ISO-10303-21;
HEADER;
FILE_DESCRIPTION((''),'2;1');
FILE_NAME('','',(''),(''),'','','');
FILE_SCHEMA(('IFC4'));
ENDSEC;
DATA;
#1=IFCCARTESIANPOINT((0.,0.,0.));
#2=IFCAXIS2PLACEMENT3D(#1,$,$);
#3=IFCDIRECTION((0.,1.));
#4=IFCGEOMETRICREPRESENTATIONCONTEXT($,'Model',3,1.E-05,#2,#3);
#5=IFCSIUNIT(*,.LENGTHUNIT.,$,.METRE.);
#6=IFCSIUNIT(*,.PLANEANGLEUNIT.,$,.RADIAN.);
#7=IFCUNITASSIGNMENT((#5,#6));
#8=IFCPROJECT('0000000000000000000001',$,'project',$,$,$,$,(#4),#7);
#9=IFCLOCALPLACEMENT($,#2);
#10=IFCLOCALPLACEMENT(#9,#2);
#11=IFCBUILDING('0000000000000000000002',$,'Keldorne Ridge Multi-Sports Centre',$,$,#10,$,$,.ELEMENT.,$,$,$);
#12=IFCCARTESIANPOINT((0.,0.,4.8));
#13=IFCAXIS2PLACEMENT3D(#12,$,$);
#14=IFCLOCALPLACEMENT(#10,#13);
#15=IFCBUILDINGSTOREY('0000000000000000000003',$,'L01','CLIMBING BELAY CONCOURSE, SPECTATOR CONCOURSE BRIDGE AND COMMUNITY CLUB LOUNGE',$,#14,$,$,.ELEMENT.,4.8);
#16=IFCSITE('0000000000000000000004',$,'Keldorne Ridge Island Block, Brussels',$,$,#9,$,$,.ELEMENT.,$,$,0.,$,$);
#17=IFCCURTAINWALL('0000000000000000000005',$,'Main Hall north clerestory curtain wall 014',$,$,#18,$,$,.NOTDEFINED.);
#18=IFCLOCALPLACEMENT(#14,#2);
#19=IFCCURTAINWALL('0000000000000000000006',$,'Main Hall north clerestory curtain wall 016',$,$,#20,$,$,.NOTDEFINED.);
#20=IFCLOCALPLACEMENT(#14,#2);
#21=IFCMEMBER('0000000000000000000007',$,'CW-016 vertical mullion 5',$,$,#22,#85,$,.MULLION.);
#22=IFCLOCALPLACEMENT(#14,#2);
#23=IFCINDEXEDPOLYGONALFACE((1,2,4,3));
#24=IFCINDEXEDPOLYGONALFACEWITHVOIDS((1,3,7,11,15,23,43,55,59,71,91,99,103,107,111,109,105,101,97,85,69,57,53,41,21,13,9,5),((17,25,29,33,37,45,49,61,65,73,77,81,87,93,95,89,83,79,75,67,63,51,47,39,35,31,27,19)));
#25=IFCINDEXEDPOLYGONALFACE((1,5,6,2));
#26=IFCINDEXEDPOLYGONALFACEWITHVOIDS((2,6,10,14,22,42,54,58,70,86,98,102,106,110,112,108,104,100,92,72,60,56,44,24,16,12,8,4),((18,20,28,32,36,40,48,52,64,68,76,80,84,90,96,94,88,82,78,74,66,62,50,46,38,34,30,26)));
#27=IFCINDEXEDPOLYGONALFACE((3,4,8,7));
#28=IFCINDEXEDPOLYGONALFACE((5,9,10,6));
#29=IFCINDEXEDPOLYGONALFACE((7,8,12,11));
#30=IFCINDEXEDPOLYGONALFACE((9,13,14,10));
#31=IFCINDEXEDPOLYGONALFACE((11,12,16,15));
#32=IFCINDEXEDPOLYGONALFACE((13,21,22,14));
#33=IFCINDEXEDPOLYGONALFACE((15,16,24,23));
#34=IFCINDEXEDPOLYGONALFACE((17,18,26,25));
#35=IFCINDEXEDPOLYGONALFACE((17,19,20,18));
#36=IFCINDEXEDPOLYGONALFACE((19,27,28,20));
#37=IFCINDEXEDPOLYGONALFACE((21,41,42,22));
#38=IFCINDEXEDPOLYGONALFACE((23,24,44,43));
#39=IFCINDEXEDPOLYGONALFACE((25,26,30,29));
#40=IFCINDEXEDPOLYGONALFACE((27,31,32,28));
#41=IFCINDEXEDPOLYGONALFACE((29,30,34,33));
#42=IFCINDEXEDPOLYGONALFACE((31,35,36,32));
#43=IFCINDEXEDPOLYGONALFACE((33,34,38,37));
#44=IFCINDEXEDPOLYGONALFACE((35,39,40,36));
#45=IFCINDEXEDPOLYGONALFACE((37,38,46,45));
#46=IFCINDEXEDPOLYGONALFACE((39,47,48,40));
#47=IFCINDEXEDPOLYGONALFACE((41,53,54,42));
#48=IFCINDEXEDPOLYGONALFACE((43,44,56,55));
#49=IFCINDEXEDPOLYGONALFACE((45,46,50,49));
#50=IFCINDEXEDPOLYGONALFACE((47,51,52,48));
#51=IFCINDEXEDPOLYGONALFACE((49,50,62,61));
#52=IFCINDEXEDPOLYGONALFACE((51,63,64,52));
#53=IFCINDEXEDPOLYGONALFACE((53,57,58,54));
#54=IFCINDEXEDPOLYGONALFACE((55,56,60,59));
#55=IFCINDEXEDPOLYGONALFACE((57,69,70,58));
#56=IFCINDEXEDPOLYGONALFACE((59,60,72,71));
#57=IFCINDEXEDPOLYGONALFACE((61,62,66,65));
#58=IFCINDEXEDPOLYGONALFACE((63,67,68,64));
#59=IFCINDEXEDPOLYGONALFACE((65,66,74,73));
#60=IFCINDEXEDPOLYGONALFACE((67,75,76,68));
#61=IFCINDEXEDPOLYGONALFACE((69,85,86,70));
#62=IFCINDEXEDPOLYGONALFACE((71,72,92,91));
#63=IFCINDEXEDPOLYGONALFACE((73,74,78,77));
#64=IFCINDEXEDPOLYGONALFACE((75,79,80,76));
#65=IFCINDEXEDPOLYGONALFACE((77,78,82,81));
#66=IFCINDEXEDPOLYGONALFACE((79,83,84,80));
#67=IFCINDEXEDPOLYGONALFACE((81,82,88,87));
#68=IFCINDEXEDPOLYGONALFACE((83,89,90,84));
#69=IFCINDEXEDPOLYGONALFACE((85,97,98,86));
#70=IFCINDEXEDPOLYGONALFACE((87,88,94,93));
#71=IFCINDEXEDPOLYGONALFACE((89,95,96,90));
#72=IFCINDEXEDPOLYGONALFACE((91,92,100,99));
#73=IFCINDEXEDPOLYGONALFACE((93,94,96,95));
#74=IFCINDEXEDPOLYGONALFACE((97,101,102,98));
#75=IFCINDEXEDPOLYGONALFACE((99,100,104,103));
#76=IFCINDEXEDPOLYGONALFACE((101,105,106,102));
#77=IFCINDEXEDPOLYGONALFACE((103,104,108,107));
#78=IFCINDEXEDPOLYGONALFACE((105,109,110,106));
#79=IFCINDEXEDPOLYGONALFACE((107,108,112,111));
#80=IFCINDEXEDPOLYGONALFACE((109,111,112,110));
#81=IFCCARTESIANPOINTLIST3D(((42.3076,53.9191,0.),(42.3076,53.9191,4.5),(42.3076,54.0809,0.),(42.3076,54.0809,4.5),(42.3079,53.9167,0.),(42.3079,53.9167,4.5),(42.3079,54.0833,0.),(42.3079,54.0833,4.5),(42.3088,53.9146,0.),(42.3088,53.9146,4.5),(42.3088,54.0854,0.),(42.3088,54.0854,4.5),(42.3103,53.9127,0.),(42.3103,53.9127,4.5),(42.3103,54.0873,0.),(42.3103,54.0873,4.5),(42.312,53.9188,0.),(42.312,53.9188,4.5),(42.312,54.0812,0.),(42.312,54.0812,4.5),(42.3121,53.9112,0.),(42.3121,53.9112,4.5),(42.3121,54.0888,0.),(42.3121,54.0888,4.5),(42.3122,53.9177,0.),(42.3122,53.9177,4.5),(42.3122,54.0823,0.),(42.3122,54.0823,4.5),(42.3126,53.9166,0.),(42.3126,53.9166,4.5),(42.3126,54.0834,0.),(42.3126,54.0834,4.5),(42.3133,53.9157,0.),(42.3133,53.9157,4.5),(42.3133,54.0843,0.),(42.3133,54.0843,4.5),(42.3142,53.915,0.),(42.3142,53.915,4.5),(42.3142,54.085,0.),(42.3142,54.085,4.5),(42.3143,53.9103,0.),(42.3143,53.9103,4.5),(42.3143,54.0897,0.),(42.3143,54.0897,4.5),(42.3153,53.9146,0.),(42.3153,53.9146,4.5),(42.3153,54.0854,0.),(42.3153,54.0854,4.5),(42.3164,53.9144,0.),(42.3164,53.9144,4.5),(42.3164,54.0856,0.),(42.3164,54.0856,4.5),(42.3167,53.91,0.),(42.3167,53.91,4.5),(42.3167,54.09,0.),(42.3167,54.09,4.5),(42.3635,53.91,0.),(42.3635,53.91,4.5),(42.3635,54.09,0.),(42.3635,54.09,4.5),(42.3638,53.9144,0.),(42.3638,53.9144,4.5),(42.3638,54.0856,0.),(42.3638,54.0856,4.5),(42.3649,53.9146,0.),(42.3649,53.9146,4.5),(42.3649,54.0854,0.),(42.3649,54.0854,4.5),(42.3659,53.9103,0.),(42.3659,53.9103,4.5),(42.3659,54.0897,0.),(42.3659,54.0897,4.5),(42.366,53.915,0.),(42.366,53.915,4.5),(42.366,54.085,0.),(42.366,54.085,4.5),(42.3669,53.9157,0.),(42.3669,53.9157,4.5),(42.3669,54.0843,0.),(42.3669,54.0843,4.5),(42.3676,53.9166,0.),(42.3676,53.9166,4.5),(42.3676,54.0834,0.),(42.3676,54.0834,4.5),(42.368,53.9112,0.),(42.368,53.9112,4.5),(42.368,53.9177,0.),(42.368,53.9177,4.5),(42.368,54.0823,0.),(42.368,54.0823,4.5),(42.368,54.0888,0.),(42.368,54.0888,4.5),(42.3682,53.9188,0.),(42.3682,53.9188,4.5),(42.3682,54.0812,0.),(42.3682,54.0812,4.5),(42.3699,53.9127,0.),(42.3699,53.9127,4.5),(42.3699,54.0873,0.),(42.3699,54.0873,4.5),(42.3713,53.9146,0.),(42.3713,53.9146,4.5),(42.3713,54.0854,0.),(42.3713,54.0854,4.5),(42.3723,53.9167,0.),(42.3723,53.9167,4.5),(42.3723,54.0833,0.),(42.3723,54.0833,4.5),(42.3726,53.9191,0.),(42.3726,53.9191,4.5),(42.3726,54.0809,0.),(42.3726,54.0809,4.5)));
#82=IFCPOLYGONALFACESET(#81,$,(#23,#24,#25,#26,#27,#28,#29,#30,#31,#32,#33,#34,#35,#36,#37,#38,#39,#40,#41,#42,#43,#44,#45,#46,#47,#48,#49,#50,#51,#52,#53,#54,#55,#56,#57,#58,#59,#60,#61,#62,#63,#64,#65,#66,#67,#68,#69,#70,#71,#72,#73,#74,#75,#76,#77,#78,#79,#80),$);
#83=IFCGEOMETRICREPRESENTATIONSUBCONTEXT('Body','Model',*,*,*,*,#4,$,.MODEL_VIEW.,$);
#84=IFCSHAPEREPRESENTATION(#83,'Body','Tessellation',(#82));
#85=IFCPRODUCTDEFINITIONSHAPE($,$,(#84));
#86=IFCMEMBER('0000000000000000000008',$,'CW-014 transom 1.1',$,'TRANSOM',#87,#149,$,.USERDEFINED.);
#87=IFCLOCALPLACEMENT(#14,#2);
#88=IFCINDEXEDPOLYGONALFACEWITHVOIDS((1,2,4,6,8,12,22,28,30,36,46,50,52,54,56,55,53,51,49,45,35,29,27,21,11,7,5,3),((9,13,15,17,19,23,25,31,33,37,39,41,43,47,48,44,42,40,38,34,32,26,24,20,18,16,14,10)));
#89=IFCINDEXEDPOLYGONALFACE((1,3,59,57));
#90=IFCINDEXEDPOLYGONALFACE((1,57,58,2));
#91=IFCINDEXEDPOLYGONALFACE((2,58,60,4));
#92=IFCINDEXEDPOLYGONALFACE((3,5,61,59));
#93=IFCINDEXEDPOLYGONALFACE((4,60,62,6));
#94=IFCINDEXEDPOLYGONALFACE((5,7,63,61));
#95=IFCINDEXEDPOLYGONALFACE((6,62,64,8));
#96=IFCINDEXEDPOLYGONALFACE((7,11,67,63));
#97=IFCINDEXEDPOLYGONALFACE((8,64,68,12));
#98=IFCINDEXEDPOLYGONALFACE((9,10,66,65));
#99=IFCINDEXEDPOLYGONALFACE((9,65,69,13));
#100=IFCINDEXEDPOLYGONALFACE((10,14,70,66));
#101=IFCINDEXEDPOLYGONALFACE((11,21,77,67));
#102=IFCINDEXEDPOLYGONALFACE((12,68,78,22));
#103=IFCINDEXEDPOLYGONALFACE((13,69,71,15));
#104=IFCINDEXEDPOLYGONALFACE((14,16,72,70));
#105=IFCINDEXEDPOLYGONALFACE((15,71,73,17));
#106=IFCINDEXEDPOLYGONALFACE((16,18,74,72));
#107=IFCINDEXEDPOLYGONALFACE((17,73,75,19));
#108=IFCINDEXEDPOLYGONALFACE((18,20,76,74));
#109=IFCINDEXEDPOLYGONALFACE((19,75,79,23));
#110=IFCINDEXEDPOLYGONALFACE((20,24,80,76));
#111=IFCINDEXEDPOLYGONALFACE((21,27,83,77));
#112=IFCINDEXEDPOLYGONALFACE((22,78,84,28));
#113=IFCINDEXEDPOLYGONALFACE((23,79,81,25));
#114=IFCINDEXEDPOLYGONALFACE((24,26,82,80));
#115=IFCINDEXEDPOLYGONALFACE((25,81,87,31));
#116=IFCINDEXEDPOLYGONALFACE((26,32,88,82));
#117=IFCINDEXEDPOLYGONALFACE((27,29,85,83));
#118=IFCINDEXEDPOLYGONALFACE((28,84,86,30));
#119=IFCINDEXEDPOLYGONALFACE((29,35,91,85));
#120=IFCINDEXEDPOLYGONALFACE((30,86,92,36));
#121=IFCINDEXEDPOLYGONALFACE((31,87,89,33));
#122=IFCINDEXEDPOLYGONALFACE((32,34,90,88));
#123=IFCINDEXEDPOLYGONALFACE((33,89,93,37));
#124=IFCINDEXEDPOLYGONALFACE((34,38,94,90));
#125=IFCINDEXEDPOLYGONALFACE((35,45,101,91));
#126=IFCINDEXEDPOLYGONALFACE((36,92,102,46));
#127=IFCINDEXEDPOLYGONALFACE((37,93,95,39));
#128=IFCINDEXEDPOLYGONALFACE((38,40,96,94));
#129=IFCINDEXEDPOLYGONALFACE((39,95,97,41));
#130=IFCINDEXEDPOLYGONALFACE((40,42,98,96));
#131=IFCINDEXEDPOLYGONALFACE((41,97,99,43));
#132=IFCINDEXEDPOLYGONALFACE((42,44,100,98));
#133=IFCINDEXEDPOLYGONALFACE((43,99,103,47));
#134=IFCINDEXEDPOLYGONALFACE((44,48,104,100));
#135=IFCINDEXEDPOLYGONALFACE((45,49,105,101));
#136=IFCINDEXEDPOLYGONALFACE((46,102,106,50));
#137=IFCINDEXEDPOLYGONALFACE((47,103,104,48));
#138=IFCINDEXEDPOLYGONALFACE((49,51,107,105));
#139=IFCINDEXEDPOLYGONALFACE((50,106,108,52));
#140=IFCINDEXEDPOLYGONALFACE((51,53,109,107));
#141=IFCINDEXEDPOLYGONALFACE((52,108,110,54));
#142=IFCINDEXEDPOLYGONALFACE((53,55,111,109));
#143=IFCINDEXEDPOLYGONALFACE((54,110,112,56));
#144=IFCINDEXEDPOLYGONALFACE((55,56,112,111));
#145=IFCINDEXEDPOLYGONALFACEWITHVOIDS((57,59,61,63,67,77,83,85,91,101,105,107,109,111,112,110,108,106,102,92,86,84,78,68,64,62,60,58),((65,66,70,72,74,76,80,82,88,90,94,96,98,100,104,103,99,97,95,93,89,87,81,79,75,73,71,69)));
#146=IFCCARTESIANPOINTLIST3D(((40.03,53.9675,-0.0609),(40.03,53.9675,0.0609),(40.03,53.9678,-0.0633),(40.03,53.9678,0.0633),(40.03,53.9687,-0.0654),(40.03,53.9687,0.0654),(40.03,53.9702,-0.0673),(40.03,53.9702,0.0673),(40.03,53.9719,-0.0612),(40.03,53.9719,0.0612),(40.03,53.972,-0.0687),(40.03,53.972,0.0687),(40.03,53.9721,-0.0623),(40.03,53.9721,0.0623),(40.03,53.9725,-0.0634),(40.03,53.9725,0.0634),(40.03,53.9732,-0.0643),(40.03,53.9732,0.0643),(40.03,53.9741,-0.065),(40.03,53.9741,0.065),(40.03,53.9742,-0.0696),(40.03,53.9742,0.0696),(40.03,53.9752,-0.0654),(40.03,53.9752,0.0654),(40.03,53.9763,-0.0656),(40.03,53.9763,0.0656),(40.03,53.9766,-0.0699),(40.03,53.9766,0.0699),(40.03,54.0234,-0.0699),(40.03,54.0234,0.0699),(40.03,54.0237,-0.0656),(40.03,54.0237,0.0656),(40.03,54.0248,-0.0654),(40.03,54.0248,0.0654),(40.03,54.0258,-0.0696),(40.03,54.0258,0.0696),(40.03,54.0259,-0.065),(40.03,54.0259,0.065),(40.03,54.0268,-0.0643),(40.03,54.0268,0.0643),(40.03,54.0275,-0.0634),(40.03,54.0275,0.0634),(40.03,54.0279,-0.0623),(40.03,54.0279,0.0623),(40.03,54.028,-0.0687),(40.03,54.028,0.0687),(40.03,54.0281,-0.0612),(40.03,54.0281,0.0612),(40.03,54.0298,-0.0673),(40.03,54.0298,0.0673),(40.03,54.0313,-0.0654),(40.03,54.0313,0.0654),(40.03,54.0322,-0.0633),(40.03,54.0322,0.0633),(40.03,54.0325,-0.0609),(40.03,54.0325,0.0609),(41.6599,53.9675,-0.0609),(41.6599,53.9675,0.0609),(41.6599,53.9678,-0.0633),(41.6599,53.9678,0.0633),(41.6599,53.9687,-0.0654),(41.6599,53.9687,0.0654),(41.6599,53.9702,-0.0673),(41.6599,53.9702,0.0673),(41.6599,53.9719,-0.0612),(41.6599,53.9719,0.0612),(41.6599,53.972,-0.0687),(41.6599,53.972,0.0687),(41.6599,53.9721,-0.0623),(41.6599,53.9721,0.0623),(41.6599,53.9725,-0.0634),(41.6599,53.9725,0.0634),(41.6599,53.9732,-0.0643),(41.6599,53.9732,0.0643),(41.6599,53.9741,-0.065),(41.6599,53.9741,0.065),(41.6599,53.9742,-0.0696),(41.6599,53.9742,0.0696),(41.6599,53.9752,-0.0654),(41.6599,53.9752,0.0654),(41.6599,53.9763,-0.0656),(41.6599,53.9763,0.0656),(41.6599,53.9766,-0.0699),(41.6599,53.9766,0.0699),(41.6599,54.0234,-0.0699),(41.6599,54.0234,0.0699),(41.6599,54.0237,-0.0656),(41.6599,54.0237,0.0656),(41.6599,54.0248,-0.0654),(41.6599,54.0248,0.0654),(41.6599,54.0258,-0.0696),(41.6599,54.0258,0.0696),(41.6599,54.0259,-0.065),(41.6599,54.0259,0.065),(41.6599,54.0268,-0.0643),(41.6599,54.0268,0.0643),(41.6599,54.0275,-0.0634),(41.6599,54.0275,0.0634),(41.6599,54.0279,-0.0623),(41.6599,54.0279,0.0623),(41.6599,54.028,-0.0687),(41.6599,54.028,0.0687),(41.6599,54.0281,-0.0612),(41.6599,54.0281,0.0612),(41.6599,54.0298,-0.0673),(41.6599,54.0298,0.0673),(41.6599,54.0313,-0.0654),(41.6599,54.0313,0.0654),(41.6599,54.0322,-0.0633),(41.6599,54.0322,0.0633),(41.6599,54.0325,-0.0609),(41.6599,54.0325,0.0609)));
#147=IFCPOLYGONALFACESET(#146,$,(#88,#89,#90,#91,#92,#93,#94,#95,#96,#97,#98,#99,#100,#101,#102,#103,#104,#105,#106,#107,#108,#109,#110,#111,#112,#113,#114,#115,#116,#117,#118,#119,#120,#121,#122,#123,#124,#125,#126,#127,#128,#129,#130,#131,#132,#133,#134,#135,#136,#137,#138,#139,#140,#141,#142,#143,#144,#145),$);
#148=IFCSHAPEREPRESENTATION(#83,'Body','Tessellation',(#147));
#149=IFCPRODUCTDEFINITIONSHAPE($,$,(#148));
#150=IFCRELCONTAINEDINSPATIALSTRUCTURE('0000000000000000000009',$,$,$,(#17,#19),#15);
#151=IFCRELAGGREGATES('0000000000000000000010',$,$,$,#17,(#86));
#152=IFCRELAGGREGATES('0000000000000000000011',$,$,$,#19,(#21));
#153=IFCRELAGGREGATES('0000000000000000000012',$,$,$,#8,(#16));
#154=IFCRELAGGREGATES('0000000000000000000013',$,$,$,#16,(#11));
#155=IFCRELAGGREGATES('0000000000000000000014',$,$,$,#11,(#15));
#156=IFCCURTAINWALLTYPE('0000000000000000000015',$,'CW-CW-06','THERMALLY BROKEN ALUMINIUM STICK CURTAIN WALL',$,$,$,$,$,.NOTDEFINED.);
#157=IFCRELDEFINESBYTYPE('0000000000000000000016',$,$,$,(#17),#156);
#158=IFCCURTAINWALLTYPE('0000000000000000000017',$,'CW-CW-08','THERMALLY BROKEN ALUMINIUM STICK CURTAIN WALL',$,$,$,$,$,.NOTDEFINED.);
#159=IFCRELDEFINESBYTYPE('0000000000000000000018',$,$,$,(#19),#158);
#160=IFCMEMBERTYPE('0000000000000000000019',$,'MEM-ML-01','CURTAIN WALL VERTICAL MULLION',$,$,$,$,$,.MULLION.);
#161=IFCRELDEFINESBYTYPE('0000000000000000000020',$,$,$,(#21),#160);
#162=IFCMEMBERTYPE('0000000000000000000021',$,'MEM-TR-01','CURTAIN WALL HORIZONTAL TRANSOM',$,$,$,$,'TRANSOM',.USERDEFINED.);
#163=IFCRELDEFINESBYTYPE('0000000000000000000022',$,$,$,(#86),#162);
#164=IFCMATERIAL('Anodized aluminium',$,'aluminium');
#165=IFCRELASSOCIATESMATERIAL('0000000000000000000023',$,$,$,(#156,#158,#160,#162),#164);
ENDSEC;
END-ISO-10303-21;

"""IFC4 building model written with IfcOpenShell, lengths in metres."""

from ifc_helpers import new_model, si_unit, direction, frame, origin, origin_2d, place, context, subcontext, project, spatial, hollow_rectangle, extrude, material, material_profile, profile_set, type_object, element, aggregate, save


model = new_model("IFC4")

# Units and contexts
model_context = context("Model", 3, precision=1e-05, world=origin(), true_north=direction((0.0, 1.0)))
body_context = subcontext(model_context, "Body", "Model", "MODEL_VIEW")
ifc_project = project(units=[si_unit("LENGTHUNIT", "METRE"), si_unit("PLANEANGLEUNIT", "RADIAN")], contexts=[model_context])

# Site, building, storey
site_placement = place(None, origin())
site = spatial("IfcSite", under=ifc_project, at=site_placement, Name="Keldorne Ridge Island Block, Brussels", CompositionType="ELEMENT", RefElevation=0.0)
building_placement = place(site_placement, origin())
building = spatial("IfcBuilding", under=site, at=building_placement, Name="Keldorne Ridge Multi-Sports Centre", CompositionType="ELEMENT")
storey_placement = place(building_placement, frame((0.0, 0.0, 4.8)))
storey = spatial("IfcBuildingStorey", under=building, at=storey_placement, Name="L01", Description="CLIMBING BELAY CONCOURSE, SPECTATOR CONCOURSE BRIDGE AND COMMUNITY CLUB LOUNGE", CompositionType="ELEMENT", Elevation=4.8)

# Curtain wall
ifc_material_1 = material(Name="Anodized aluminium", Category="aluminium")
curtain_wall_type_1 = type_object("IfcCurtainWallType", Name="CW-CW-06", Description="THERMALLY BROKEN ALUMINIUM STICK CURTAIN WALL", PredefinedType="NOTDEFINED", material=ifc_material_1)
curtain_wall_1_placement = place(storey_placement, origin())
curtain_wall_1 = element("IfcCurtainWall", 1, at=curtain_wall_1_placement, inside=storey, type_object=curtain_wall_type_1, Name="Main Hall north clerestory curtain wall 014", PredefinedType="NOTDEFINED")
ifc_material_profile_1 = material_profile(ifc_material_1, hollow_rectangle(XDim=0.0649, YDim=0.1799, WallThickness=0.0044, InnerFilletRadius=0.0044, OuterFilletRadius=0.009, at=origin_2d()), Name="ALU MULLION 180x65x4.5")
ifc_profile_set_1 = profile_set([ifc_material_profile_1], Name="Anodized aluminium")
member_type_1 = type_object("IfcMemberType", Name="MEM-ML-01", Description="CURTAIN WALL VERTICAL MULLION", PredefinedType="MULLION", material=ifc_profile_set_1)

# Curtain wall, member
curtain_wall_type_2 = type_object("IfcCurtainWallType", Name="CW-CW-08", Description="THERMALLY BROKEN ALUMINIUM STICK CURTAIN WALL", PredefinedType="NOTDEFINED", material=ifc_material_1)
curtain_wall_2_placement = place(storey_placement, origin())
curtain_wall_2 = element("IfcCurtainWall", 2, at=curtain_wall_2_placement, inside=storey, type_object=curtain_wall_type_2, Name="Main Hall north clerestory curtain wall 016", PredefinedType="NOTDEFINED")
member_1_placement = place(storey_placement, frame((42.3401, 54.0, 0.0), z_axis=(0.0, 0.0, 1.0), x_axis=(1.0, 0.0, 0.0)))
member_1 = element("IfcMember", 3, at=member_1_placement, type_object=member_type_1, Name="CW-016 vertical mullion 5", PredefinedType="MULLION", context=body_context, shape_type="SweptSolid", body=[
    extrude(hollow_rectangle(XDim=0.0649, YDim=0.1799, WallThickness=0.0044, InnerFilletRadius=0.0044, OuterFilletRadius=0.009, at=origin_2d()), origin(), (0.0, 0.0, 1.0), 4.5),
])

# Member
ifc_material_profile_2 = material_profile(ifc_material_1, hollow_rectangle(XDim=0.0649, YDim=0.1399, WallThickness=0.0044, InnerFilletRadius=0.0044, OuterFilletRadius=0.009, at=origin_2d()), Name="ALU TRANSOM 140x65x4.5")
ifc_profile_set_2 = profile_set([ifc_material_profile_2], Name="Anodized aluminium")
member_type_2 = type_object("IfcMemberType", Name="MEM-TR-01", Description="CURTAIN WALL HORIZONTAL TRANSOM", ElementType="TRANSOM", PredefinedType="USERDEFINED", material=ifc_profile_set_2)
member_2_placement = place(storey_placement, frame((41.6599, 54.0, 0.0), z_axis=(-1.0, 0.0, 0.0), x_axis=(0.0, -1.0, 0.0)))
member_2 = element("IfcMember", 4, at=member_2_placement, type_object=member_type_2, Name="CW-014 transom 1.1", ObjectType="TRANSOM", PredefinedType="USERDEFINED", context=body_context, shape_type="SweptSolid", body=[
    extrude(hollow_rectangle(XDim=0.0649, YDim=0.1399, WallThickness=0.0044, InnerFilletRadius=0.0044, OuterFilletRadius=0.009, at=origin_2d()), origin(), (0.0, 0.0, 1.0), 1.6299),
])

aggregate(curtain_wall_1, [member_2])
aggregate(curtain_wall_2, [member_1])

save(model, "model.ifc")
